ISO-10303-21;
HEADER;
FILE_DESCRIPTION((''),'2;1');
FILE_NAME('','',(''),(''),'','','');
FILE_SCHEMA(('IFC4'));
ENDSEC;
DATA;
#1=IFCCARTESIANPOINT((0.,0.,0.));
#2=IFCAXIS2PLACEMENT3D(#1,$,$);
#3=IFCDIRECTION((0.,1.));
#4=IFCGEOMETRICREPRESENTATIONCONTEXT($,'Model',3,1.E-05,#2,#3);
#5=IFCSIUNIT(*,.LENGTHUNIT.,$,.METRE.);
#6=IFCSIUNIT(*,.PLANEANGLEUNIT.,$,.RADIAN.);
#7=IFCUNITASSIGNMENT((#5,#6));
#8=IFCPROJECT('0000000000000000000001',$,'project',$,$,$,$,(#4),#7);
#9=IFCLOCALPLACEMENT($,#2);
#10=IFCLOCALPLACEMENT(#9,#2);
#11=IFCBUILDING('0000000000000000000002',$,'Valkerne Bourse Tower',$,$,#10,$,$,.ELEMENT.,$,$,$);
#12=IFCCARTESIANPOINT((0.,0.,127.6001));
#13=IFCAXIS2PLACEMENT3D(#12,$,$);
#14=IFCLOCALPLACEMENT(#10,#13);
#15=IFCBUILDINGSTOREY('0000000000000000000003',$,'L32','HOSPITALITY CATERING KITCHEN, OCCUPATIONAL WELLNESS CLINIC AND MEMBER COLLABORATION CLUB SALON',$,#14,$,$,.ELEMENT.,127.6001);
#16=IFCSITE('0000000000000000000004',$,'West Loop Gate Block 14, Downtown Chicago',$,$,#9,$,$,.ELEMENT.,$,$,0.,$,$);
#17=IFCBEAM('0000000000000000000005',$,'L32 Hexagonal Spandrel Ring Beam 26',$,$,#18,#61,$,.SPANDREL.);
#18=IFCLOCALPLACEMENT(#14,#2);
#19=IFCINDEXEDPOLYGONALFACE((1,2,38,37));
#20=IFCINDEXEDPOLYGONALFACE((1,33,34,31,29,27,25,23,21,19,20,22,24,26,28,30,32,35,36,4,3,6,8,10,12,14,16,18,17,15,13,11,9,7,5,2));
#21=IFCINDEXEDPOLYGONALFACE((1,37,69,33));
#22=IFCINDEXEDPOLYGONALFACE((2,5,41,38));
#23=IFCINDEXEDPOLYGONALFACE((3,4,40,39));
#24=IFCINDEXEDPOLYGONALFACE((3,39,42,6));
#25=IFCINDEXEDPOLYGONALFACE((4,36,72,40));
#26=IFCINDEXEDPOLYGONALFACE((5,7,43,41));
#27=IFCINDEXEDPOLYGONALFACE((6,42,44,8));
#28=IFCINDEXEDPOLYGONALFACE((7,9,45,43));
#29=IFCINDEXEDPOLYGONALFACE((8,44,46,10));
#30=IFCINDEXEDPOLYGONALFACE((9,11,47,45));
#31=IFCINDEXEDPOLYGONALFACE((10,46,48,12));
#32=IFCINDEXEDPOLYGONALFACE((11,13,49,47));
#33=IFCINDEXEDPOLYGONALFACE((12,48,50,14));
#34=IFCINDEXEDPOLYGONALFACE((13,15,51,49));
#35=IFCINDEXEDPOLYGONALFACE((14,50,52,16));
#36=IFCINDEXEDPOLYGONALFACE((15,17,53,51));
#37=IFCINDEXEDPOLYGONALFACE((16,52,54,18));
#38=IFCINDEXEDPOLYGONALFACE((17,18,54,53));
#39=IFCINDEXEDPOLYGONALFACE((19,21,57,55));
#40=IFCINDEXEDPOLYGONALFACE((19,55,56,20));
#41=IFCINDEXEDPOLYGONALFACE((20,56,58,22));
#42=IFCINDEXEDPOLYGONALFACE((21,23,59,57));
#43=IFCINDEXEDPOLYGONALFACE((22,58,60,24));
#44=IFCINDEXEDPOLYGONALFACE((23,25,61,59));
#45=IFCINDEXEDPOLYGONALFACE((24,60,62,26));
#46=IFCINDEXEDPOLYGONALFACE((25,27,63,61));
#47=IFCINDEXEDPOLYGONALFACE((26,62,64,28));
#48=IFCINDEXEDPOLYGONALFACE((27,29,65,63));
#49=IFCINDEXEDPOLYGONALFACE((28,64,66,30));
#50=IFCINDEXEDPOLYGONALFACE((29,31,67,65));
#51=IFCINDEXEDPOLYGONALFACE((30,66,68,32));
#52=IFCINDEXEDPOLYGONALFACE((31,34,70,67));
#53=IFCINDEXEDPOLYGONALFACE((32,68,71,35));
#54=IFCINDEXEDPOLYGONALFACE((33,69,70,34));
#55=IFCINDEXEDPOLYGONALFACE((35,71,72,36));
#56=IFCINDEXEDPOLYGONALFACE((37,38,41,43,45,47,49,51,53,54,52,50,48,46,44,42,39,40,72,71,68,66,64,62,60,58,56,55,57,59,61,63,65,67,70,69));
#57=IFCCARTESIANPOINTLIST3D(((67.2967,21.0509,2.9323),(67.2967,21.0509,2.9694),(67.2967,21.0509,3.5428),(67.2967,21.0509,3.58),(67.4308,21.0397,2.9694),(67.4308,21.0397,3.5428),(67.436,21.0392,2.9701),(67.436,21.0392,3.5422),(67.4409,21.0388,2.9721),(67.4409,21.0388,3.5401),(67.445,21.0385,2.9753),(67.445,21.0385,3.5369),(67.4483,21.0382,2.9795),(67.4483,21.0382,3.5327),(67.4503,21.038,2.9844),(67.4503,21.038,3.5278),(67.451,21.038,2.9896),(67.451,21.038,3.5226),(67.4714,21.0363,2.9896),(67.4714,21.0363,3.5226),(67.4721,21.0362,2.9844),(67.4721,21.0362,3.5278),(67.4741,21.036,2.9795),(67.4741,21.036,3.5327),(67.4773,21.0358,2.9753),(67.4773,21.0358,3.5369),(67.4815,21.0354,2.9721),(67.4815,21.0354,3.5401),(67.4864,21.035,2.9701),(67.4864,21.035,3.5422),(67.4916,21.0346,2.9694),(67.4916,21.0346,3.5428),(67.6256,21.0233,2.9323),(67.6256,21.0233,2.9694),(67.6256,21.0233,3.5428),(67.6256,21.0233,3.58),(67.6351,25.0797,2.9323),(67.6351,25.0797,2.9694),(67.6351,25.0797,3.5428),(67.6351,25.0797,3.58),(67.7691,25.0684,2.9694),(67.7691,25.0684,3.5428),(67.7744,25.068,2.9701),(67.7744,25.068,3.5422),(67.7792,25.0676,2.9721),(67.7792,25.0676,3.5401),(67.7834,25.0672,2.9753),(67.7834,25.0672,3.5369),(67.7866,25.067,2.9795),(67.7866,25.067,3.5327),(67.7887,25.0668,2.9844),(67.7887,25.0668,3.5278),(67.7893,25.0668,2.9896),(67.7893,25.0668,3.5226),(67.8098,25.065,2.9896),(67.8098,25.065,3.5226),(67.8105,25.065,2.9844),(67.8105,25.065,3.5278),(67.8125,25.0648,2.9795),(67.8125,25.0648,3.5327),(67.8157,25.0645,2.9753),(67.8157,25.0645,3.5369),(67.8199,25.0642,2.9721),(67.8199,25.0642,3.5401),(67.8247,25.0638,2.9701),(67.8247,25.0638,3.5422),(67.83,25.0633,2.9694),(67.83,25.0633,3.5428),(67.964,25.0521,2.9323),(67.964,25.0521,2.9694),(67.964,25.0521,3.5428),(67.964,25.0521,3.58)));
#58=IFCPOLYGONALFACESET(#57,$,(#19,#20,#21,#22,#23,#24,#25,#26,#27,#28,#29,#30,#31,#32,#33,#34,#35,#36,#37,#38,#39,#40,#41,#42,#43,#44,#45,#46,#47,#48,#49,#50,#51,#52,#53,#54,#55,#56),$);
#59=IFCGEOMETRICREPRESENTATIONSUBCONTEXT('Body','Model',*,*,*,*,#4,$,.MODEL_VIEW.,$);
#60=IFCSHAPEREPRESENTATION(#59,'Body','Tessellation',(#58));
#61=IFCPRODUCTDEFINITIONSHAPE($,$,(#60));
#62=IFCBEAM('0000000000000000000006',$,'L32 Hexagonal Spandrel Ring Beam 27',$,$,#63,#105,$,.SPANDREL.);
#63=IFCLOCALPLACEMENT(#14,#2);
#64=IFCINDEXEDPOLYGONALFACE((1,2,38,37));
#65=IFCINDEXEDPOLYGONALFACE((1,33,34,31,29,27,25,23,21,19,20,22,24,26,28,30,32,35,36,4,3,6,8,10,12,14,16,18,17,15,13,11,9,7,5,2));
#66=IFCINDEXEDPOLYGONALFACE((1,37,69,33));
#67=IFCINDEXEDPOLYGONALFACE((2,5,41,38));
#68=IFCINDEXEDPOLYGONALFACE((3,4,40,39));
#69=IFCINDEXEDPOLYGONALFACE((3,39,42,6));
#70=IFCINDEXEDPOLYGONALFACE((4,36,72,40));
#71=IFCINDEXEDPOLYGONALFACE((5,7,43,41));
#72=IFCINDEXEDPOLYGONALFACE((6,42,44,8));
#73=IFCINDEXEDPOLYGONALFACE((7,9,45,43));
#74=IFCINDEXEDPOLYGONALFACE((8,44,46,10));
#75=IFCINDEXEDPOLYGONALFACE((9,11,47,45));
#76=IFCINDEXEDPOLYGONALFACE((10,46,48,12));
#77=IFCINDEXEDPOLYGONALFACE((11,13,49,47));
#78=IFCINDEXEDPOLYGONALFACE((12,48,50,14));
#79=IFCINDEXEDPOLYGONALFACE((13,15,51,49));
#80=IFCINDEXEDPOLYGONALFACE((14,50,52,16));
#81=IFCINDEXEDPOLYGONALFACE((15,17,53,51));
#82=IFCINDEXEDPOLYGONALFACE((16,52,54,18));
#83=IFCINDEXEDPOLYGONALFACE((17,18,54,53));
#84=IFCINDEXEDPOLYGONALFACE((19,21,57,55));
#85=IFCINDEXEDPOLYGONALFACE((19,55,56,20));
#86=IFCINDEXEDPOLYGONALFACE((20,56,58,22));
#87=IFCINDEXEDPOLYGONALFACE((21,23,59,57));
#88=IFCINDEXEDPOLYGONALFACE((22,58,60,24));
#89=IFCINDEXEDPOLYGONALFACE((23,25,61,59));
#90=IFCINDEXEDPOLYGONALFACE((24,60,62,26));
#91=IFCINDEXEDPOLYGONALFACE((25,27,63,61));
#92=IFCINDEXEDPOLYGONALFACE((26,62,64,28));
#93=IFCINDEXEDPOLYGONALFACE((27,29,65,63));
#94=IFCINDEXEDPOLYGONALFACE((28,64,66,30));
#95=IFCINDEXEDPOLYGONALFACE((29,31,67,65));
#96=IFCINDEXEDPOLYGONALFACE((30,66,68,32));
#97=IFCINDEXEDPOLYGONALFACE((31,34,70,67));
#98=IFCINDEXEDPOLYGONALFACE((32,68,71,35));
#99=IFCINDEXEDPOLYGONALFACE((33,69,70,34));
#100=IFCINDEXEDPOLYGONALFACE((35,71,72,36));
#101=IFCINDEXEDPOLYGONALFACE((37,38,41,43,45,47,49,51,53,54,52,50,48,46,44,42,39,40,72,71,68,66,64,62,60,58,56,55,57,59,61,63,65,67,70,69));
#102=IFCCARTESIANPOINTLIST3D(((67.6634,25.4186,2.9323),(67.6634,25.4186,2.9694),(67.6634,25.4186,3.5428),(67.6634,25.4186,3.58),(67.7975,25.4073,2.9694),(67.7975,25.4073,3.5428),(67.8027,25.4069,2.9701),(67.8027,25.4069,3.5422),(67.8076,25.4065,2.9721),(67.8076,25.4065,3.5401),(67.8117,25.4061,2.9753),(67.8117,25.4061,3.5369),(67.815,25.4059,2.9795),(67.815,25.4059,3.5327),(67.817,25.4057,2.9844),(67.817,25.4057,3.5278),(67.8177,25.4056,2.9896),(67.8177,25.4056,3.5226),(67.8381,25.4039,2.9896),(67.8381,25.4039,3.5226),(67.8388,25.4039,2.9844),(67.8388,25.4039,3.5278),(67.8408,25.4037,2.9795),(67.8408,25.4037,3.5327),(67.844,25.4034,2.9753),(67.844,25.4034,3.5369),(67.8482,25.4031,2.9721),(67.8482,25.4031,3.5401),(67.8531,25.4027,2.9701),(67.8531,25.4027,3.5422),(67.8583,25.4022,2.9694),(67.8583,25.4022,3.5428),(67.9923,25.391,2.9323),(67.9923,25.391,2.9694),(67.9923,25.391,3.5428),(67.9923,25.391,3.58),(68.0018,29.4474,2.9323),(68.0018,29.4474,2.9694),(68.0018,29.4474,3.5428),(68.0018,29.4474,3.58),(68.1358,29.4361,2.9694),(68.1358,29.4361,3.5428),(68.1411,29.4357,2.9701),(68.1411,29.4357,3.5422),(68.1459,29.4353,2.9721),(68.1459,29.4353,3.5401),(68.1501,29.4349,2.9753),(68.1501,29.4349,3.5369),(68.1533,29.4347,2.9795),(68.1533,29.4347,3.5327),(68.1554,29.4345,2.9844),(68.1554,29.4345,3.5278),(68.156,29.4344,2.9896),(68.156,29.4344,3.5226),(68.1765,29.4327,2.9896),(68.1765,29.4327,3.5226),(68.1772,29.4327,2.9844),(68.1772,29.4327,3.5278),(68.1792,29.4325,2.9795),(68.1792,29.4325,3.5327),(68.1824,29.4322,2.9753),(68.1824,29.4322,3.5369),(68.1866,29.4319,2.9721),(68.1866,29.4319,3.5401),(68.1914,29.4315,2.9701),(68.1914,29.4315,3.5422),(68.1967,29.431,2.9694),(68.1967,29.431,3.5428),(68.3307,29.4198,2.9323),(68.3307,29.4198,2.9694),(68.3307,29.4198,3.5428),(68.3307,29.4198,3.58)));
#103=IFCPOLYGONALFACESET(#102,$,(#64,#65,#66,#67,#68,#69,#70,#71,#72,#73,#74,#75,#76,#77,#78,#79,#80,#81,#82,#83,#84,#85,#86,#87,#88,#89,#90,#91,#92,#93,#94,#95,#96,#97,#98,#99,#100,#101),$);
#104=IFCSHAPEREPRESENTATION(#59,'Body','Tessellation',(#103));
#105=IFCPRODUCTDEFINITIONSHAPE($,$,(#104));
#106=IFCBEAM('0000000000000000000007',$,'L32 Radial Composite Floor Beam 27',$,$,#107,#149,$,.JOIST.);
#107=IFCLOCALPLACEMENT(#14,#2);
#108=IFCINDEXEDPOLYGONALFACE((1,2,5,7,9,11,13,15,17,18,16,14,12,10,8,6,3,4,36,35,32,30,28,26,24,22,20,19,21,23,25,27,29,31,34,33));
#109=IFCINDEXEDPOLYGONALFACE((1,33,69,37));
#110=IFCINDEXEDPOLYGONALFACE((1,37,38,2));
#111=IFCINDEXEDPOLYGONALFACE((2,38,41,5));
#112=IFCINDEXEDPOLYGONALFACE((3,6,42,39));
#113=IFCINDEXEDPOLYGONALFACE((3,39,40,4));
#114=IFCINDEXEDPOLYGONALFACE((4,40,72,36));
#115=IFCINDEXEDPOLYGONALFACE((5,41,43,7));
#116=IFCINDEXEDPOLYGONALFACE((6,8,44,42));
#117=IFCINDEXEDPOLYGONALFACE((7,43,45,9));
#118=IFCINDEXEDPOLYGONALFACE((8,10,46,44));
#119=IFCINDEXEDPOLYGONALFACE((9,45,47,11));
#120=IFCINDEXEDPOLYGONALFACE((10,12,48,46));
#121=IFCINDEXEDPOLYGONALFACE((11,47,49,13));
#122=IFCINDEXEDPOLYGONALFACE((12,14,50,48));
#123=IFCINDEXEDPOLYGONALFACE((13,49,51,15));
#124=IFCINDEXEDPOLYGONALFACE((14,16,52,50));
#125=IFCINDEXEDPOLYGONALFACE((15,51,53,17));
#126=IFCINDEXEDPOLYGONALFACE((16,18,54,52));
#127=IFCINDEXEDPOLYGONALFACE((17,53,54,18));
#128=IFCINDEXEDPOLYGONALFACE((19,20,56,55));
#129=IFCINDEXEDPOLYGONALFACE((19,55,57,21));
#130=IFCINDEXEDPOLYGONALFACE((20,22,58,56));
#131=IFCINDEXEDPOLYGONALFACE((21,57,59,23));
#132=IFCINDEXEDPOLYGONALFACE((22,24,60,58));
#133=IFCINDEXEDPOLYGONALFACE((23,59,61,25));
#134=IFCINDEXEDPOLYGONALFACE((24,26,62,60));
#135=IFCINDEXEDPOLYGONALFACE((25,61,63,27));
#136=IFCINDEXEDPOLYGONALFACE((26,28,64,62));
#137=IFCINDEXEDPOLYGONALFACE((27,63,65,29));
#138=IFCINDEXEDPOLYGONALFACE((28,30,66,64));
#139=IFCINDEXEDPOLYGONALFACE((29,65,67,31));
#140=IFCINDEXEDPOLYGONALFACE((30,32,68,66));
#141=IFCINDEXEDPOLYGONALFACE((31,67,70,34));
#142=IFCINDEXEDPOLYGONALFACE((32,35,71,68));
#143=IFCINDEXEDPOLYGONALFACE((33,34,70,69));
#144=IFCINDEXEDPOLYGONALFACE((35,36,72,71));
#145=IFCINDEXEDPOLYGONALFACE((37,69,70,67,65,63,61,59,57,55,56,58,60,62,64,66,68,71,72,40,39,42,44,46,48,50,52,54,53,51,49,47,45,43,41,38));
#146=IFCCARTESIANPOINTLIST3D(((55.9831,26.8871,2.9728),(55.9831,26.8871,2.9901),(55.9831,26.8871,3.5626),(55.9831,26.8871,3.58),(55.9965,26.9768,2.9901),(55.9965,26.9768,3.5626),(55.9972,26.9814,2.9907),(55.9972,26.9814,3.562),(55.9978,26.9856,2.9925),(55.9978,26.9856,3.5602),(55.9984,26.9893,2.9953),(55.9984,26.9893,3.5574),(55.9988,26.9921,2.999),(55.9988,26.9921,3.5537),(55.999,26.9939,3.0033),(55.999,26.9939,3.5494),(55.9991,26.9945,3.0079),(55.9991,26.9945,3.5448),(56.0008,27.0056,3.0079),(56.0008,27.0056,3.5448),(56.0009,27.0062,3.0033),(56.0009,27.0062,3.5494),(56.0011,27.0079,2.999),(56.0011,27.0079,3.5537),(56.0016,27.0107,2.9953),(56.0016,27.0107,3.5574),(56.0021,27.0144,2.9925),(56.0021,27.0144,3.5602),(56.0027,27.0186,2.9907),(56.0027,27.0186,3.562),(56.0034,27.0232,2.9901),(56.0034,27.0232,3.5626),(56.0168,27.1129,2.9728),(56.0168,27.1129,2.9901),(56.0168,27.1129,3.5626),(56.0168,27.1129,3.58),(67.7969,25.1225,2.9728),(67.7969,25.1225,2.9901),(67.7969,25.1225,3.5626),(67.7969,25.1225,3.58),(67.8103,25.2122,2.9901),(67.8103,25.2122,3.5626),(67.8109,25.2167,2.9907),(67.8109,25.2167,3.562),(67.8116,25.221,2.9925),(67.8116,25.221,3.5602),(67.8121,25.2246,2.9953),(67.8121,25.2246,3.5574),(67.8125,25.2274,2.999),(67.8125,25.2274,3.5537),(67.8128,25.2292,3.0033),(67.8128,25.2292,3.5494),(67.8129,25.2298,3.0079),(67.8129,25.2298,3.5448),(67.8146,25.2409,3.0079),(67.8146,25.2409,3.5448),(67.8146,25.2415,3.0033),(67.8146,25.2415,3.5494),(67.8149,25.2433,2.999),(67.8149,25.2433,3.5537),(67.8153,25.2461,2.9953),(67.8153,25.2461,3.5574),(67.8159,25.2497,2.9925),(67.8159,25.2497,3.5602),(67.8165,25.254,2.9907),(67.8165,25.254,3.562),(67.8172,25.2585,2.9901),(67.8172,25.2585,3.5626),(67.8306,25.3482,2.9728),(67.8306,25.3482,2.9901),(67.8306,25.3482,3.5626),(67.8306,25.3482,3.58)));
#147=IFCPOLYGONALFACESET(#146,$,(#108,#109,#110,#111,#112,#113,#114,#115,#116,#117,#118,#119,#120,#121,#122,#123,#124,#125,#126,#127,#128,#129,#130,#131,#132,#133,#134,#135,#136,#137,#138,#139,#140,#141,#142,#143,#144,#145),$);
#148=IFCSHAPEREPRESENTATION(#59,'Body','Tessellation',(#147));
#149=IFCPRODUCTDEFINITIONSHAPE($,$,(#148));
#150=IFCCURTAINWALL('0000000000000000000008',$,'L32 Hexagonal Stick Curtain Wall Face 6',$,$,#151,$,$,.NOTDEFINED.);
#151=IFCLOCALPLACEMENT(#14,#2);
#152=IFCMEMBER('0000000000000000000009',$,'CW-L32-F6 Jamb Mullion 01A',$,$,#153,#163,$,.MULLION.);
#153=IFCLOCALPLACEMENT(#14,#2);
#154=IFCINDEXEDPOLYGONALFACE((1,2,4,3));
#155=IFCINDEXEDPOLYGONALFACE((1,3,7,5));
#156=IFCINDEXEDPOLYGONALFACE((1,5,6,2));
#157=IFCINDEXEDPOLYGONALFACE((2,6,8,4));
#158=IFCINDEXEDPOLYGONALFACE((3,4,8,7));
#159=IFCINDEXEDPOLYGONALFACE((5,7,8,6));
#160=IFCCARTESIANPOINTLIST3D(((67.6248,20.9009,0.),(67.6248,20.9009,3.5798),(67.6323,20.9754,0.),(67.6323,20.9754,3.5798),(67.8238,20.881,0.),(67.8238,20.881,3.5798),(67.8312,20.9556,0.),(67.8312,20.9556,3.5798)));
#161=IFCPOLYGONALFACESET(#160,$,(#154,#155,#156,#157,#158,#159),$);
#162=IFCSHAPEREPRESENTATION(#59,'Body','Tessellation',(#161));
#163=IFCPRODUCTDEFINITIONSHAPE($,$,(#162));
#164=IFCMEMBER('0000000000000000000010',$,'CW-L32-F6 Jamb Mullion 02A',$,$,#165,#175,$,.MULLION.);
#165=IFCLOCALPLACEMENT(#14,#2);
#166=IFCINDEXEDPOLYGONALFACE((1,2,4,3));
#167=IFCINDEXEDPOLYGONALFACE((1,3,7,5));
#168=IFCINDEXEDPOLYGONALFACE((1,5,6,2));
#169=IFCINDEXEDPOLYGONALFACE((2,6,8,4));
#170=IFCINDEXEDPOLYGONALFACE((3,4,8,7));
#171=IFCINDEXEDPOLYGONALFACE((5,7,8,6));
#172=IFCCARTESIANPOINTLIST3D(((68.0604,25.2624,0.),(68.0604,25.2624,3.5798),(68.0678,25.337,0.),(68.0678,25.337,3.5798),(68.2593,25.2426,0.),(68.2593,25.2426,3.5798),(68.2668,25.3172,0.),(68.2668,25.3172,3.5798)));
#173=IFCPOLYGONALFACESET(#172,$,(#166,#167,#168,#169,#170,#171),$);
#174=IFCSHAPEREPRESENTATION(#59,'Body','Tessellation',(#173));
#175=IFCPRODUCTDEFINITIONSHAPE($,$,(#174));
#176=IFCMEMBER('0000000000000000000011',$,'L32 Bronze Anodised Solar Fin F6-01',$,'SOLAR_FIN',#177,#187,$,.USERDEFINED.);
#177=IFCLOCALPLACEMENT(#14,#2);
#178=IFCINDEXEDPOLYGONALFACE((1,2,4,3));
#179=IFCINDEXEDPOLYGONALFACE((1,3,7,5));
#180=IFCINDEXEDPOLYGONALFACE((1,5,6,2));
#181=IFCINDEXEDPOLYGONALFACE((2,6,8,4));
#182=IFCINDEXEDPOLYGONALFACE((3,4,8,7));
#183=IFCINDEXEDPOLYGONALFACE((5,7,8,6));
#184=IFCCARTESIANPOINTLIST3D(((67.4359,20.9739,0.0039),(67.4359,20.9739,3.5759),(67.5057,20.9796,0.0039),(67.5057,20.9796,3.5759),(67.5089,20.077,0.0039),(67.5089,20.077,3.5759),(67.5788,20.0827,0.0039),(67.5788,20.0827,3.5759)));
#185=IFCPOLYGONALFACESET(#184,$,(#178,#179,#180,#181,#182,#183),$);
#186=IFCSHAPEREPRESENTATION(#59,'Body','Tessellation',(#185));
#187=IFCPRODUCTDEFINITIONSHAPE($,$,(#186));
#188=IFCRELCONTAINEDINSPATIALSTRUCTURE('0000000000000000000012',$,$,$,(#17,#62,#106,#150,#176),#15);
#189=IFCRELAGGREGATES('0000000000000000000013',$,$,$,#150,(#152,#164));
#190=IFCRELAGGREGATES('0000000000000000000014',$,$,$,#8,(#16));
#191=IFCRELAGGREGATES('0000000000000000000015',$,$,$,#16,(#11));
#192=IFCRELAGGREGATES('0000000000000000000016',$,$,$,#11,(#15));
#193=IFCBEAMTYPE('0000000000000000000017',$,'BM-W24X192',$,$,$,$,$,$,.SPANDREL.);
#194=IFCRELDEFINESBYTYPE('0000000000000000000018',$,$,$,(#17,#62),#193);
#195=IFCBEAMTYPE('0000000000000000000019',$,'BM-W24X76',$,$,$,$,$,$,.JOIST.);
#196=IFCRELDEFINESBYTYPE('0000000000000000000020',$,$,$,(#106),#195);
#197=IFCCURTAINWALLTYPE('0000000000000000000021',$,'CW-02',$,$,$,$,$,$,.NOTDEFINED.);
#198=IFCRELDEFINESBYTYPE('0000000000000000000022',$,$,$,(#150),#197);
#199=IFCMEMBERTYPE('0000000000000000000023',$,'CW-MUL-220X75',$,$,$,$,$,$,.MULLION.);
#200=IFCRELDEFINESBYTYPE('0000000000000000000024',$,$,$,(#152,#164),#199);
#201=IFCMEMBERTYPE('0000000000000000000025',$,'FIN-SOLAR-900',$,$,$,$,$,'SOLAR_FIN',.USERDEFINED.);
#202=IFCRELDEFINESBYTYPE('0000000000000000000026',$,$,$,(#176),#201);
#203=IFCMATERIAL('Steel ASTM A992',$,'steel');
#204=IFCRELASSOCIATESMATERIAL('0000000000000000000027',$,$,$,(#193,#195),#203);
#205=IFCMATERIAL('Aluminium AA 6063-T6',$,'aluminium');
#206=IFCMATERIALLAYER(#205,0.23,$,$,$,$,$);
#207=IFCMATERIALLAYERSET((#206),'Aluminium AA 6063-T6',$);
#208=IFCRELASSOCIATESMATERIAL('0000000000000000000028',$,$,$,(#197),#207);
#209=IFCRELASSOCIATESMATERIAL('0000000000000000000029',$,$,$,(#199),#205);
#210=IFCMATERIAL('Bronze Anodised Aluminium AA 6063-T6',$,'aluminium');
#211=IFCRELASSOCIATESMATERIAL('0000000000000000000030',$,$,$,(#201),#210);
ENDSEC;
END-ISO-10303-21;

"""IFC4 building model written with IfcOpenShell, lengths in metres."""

from ifc_helpers import new_model, si_unit, direction, frame, origin, origin_2d, place, context, subcontext, project, spatial, rectangle, i_section, extrude, material, layer, layer_set, material_profile, profile_set, type_object, element, aggregate, save


model = new_model("IFC4")

# Units and contexts
model_context = context("Model", 3, precision=1e-05, world=origin(), true_north=direction((0.0, 1.0)))
body_context = subcontext(model_context, "Body", "Model", "MODEL_VIEW")
ifc_project = project(units=[si_unit("LENGTHUNIT", "METRE"), si_unit("PLANEANGLEUNIT", "RADIAN")], contexts=[model_context])

# Site, building, storey
site_placement = place(None, origin())
site = spatial("IfcSite", under=ifc_project, at=site_placement, Name="West Loop Gate Block 14, Downtown Chicago", CompositionType="ELEMENT", RefElevation=0.0)
building_placement = place(site_placement, origin())
building = spatial("IfcBuilding", under=site, at=building_placement, Name="Valkerne Bourse Tower", CompositionType="ELEMENT")
storey_placement = place(building_placement, frame((0.0, 0.0, 127.6001)))
storey = spatial("IfcBuildingStorey", under=building, at=storey_placement, Name="L32", Description="HOSPITALITY CATERING KITCHEN, OCCUPATIONAL WELLNESS CLINIC AND MEMBER COLLABORATION CLUB SALON", CompositionType="ELEMENT", Elevation=127.6001)

# Beams
ifc_material_1 = material(Name="Steel ASTM A992", Category="steel")
ifc_material_profile_1 = material_profile(ifc_material_1, i_section(OverallWidth=0.3301, OverallDepth=0.6477, WebThickness=0.0205, FlangeThickness=0.0371, FilletRadius=0.0203, at=origin_2d()), Name="W24X192")
ifc_profile_set_1 = profile_set([ifc_material_profile_1], Name="Steel ASTM A992")
beam_type_1 = type_object("IfcBeamType", Name="BM-W24X192", PredefinedType="SPANDREL", material=ifc_profile_set_1)
for number, where, z_axis, x_axis, name in (
    (1, (67.4612, 21.0371, 3.2561), (0.083695, 0.996491, 0.0), (-0.996491, 0.083695, 0.0), "L32 Hexagonal Spandrel Ring Beam 26"),
    (2, (67.8279, 25.4048, 3.2561), (0.083695, 0.996491, 0.0), (-0.996491, 0.083695, 0.0), "L32 Hexagonal Spandrel Ring Beam 27"),
):
    element("IfcBeam", number, at=place(storey_placement, frame(where, z_axis=z_axis, x_axis=x_axis)), inside=storey, type_object=beam_type_1, Name=name, PredefinedType="SPANDREL", context=body_context, shape_type="SweptSolid", body=[
        extrude(i_section(OverallWidth=0.3301, OverallDepth=0.6477, WebThickness=0.0205, FlangeThickness=0.0371, FilletRadius=0.0203, at=origin_2d()), origin(), (0.0, 0.0, 1.0), 4.043),
    ])
ifc_material_profile_2 = material_profile(ifc_material_1, i_section(OverallWidth=0.2283, OverallDepth=0.6072, WebThickness=0.0112, FlangeThickness=0.0173, FilletRadius=0.0178, at=origin_2d()), Name="W24X76")
ifc_profile_set_2 = profile_set([ifc_material_profile_2], Name="Steel ASTM A992")
beam_type_2 = type_object("IfcBeamType", Name="BM-W24X76", PredefinedType="JOIST", material=ifc_profile_set_2)
beam_1_placement = place(storey_placement, frame((67.8137, 25.2354, 3.2764), z_axis=(-0.989027, 0.147734, 0.0), x_axis=(-0.147734, -0.989027, 0.0)))
element("IfcBeam", 3, at=beam_1_placement, inside=storey, type_object=beam_type_2, Name="L32 Radial Composite Floor Beam 27", PredefinedType="JOIST", context=body_context, shape_type="SweptSolid", body=[
    extrude(i_section(OverallWidth=0.2283, OverallDepth=0.6072, WebThickness=0.0112, FlangeThickness=0.0173, FilletRadius=0.0178, at=origin_2d()), origin(), (0.0, 0.0, 1.0), 11.9448),
])

# Curtain wall, members
ifc_material_2 = material(Name="Aluminium AA 6063-T6", Category="aluminium")
ifc_layer_1 = layer(ifc_material_2, 0.23)
ifc_layer_set_1 = layer_set([ifc_layer_1], Name="Aluminium AA 6063-T6")
curtain_wall_type = type_object("IfcCurtainWallType", Name="CW-02", PredefinedType="NOTDEFINED", material=ifc_layer_set_1)
curtain_wall_placement = place(storey_placement, origin())
curtain_wall = element("IfcCurtainWall", 4, at=curtain_wall_placement, inside=storey, type_object=curtain_wall_type, Name="L32 Hexagonal Stick Curtain Wall Face 6", PredefinedType="NOTDEFINED")
ifc_material_profile_3 = material_profile(ifc_material_2, rectangle(XDim=0.075, YDim=0.2, at=origin_2d()), Name="CWM-75X200")
ifc_profile_set_3 = profile_set([ifc_material_profile_3], Name="Aluminium AA 6063-T6")
member_type_1 = type_object("IfcMemberType", Name="CW-MUL-220X75", PredefinedType="MULLION", material=ifc_profile_set_3)
member_1_placement = place(storey_placement, frame((67.728, 20.9282, 0.0), z_axis=(0.0, 0.0, 1.0), x_axis=(0.099337, 0.995054, 0.0)))
member_1 = element("IfcMember", 5, at=member_1_placement, type_object=member_type_1, Name="CW-L32-F6 Jamb Mullion 01A", PredefinedType="MULLION", context=body_context, shape_type="SweptSolid", body=[
    extrude(rectangle(XDim=0.075, YDim=0.2, at=origin_2d()), origin(), (0.0, 0.0, 1.0), 3.5798),
])
member_2_placement = place(storey_placement, frame((68.1636, 25.2898, 0.0), z_axis=(0.0, 0.0, 1.0), x_axis=(0.099316, 0.995056, 0.0)))
member_2 = element("IfcMember", 6, at=member_2_placement, type_object=member_type_1, Name="CW-L32-F6 Jamb Mullion 02A", PredefinedType="MULLION", context=body_context, shape_type="SweptSolid", body=[
    extrude(rectangle(XDim=0.075, YDim=0.2, at=origin_2d()), origin(), (0.0, 0.0, 1.0), 3.5798),
])

# Member
ifc_material_3 = material(Name="Bronze Anodised Aluminium AA 6063-T6", Category="aluminium")
ifc_material_profile_4 = material_profile(ifc_material_3, rectangle(XDim=0.0701, YDim=0.8999, at=origin_2d()), Name="FIN-70X900")
ifc_profile_set_4 = profile_set([ifc_material_profile_4], Name="Bronze Anodised Aluminium AA 6063-T6")
member_type_2 = type_object("IfcMemberType", Name="FIN-SOLAR-900", ElementType="SOLAR_FIN", PredefinedType="USERDEFINED", material=ifc_profile_set_4)
member_3_placement = place(storey_placement, frame((67.5073, 20.5283, 0.0039), z_axis=(0.0, 0.0, 1.0), x_axis=(0.996703, 0.081139, 0.0)))
element("IfcMember", 7, at=member_3_placement, inside=storey, type_object=member_type_2, Name="L32 Bronze Anodised Solar Fin F6-01", ObjectType="SOLAR_FIN", PredefinedType="USERDEFINED", context=body_context, shape_type="SweptSolid", body=[
    extrude(rectangle(XDim=0.0701, YDim=0.8999, at=origin_2d()), origin(), (0.0, 0.0, 1.0), 3.572),
])

aggregate(curtain_wall, [member_1, member_2])

save(model, "model.ifc")
